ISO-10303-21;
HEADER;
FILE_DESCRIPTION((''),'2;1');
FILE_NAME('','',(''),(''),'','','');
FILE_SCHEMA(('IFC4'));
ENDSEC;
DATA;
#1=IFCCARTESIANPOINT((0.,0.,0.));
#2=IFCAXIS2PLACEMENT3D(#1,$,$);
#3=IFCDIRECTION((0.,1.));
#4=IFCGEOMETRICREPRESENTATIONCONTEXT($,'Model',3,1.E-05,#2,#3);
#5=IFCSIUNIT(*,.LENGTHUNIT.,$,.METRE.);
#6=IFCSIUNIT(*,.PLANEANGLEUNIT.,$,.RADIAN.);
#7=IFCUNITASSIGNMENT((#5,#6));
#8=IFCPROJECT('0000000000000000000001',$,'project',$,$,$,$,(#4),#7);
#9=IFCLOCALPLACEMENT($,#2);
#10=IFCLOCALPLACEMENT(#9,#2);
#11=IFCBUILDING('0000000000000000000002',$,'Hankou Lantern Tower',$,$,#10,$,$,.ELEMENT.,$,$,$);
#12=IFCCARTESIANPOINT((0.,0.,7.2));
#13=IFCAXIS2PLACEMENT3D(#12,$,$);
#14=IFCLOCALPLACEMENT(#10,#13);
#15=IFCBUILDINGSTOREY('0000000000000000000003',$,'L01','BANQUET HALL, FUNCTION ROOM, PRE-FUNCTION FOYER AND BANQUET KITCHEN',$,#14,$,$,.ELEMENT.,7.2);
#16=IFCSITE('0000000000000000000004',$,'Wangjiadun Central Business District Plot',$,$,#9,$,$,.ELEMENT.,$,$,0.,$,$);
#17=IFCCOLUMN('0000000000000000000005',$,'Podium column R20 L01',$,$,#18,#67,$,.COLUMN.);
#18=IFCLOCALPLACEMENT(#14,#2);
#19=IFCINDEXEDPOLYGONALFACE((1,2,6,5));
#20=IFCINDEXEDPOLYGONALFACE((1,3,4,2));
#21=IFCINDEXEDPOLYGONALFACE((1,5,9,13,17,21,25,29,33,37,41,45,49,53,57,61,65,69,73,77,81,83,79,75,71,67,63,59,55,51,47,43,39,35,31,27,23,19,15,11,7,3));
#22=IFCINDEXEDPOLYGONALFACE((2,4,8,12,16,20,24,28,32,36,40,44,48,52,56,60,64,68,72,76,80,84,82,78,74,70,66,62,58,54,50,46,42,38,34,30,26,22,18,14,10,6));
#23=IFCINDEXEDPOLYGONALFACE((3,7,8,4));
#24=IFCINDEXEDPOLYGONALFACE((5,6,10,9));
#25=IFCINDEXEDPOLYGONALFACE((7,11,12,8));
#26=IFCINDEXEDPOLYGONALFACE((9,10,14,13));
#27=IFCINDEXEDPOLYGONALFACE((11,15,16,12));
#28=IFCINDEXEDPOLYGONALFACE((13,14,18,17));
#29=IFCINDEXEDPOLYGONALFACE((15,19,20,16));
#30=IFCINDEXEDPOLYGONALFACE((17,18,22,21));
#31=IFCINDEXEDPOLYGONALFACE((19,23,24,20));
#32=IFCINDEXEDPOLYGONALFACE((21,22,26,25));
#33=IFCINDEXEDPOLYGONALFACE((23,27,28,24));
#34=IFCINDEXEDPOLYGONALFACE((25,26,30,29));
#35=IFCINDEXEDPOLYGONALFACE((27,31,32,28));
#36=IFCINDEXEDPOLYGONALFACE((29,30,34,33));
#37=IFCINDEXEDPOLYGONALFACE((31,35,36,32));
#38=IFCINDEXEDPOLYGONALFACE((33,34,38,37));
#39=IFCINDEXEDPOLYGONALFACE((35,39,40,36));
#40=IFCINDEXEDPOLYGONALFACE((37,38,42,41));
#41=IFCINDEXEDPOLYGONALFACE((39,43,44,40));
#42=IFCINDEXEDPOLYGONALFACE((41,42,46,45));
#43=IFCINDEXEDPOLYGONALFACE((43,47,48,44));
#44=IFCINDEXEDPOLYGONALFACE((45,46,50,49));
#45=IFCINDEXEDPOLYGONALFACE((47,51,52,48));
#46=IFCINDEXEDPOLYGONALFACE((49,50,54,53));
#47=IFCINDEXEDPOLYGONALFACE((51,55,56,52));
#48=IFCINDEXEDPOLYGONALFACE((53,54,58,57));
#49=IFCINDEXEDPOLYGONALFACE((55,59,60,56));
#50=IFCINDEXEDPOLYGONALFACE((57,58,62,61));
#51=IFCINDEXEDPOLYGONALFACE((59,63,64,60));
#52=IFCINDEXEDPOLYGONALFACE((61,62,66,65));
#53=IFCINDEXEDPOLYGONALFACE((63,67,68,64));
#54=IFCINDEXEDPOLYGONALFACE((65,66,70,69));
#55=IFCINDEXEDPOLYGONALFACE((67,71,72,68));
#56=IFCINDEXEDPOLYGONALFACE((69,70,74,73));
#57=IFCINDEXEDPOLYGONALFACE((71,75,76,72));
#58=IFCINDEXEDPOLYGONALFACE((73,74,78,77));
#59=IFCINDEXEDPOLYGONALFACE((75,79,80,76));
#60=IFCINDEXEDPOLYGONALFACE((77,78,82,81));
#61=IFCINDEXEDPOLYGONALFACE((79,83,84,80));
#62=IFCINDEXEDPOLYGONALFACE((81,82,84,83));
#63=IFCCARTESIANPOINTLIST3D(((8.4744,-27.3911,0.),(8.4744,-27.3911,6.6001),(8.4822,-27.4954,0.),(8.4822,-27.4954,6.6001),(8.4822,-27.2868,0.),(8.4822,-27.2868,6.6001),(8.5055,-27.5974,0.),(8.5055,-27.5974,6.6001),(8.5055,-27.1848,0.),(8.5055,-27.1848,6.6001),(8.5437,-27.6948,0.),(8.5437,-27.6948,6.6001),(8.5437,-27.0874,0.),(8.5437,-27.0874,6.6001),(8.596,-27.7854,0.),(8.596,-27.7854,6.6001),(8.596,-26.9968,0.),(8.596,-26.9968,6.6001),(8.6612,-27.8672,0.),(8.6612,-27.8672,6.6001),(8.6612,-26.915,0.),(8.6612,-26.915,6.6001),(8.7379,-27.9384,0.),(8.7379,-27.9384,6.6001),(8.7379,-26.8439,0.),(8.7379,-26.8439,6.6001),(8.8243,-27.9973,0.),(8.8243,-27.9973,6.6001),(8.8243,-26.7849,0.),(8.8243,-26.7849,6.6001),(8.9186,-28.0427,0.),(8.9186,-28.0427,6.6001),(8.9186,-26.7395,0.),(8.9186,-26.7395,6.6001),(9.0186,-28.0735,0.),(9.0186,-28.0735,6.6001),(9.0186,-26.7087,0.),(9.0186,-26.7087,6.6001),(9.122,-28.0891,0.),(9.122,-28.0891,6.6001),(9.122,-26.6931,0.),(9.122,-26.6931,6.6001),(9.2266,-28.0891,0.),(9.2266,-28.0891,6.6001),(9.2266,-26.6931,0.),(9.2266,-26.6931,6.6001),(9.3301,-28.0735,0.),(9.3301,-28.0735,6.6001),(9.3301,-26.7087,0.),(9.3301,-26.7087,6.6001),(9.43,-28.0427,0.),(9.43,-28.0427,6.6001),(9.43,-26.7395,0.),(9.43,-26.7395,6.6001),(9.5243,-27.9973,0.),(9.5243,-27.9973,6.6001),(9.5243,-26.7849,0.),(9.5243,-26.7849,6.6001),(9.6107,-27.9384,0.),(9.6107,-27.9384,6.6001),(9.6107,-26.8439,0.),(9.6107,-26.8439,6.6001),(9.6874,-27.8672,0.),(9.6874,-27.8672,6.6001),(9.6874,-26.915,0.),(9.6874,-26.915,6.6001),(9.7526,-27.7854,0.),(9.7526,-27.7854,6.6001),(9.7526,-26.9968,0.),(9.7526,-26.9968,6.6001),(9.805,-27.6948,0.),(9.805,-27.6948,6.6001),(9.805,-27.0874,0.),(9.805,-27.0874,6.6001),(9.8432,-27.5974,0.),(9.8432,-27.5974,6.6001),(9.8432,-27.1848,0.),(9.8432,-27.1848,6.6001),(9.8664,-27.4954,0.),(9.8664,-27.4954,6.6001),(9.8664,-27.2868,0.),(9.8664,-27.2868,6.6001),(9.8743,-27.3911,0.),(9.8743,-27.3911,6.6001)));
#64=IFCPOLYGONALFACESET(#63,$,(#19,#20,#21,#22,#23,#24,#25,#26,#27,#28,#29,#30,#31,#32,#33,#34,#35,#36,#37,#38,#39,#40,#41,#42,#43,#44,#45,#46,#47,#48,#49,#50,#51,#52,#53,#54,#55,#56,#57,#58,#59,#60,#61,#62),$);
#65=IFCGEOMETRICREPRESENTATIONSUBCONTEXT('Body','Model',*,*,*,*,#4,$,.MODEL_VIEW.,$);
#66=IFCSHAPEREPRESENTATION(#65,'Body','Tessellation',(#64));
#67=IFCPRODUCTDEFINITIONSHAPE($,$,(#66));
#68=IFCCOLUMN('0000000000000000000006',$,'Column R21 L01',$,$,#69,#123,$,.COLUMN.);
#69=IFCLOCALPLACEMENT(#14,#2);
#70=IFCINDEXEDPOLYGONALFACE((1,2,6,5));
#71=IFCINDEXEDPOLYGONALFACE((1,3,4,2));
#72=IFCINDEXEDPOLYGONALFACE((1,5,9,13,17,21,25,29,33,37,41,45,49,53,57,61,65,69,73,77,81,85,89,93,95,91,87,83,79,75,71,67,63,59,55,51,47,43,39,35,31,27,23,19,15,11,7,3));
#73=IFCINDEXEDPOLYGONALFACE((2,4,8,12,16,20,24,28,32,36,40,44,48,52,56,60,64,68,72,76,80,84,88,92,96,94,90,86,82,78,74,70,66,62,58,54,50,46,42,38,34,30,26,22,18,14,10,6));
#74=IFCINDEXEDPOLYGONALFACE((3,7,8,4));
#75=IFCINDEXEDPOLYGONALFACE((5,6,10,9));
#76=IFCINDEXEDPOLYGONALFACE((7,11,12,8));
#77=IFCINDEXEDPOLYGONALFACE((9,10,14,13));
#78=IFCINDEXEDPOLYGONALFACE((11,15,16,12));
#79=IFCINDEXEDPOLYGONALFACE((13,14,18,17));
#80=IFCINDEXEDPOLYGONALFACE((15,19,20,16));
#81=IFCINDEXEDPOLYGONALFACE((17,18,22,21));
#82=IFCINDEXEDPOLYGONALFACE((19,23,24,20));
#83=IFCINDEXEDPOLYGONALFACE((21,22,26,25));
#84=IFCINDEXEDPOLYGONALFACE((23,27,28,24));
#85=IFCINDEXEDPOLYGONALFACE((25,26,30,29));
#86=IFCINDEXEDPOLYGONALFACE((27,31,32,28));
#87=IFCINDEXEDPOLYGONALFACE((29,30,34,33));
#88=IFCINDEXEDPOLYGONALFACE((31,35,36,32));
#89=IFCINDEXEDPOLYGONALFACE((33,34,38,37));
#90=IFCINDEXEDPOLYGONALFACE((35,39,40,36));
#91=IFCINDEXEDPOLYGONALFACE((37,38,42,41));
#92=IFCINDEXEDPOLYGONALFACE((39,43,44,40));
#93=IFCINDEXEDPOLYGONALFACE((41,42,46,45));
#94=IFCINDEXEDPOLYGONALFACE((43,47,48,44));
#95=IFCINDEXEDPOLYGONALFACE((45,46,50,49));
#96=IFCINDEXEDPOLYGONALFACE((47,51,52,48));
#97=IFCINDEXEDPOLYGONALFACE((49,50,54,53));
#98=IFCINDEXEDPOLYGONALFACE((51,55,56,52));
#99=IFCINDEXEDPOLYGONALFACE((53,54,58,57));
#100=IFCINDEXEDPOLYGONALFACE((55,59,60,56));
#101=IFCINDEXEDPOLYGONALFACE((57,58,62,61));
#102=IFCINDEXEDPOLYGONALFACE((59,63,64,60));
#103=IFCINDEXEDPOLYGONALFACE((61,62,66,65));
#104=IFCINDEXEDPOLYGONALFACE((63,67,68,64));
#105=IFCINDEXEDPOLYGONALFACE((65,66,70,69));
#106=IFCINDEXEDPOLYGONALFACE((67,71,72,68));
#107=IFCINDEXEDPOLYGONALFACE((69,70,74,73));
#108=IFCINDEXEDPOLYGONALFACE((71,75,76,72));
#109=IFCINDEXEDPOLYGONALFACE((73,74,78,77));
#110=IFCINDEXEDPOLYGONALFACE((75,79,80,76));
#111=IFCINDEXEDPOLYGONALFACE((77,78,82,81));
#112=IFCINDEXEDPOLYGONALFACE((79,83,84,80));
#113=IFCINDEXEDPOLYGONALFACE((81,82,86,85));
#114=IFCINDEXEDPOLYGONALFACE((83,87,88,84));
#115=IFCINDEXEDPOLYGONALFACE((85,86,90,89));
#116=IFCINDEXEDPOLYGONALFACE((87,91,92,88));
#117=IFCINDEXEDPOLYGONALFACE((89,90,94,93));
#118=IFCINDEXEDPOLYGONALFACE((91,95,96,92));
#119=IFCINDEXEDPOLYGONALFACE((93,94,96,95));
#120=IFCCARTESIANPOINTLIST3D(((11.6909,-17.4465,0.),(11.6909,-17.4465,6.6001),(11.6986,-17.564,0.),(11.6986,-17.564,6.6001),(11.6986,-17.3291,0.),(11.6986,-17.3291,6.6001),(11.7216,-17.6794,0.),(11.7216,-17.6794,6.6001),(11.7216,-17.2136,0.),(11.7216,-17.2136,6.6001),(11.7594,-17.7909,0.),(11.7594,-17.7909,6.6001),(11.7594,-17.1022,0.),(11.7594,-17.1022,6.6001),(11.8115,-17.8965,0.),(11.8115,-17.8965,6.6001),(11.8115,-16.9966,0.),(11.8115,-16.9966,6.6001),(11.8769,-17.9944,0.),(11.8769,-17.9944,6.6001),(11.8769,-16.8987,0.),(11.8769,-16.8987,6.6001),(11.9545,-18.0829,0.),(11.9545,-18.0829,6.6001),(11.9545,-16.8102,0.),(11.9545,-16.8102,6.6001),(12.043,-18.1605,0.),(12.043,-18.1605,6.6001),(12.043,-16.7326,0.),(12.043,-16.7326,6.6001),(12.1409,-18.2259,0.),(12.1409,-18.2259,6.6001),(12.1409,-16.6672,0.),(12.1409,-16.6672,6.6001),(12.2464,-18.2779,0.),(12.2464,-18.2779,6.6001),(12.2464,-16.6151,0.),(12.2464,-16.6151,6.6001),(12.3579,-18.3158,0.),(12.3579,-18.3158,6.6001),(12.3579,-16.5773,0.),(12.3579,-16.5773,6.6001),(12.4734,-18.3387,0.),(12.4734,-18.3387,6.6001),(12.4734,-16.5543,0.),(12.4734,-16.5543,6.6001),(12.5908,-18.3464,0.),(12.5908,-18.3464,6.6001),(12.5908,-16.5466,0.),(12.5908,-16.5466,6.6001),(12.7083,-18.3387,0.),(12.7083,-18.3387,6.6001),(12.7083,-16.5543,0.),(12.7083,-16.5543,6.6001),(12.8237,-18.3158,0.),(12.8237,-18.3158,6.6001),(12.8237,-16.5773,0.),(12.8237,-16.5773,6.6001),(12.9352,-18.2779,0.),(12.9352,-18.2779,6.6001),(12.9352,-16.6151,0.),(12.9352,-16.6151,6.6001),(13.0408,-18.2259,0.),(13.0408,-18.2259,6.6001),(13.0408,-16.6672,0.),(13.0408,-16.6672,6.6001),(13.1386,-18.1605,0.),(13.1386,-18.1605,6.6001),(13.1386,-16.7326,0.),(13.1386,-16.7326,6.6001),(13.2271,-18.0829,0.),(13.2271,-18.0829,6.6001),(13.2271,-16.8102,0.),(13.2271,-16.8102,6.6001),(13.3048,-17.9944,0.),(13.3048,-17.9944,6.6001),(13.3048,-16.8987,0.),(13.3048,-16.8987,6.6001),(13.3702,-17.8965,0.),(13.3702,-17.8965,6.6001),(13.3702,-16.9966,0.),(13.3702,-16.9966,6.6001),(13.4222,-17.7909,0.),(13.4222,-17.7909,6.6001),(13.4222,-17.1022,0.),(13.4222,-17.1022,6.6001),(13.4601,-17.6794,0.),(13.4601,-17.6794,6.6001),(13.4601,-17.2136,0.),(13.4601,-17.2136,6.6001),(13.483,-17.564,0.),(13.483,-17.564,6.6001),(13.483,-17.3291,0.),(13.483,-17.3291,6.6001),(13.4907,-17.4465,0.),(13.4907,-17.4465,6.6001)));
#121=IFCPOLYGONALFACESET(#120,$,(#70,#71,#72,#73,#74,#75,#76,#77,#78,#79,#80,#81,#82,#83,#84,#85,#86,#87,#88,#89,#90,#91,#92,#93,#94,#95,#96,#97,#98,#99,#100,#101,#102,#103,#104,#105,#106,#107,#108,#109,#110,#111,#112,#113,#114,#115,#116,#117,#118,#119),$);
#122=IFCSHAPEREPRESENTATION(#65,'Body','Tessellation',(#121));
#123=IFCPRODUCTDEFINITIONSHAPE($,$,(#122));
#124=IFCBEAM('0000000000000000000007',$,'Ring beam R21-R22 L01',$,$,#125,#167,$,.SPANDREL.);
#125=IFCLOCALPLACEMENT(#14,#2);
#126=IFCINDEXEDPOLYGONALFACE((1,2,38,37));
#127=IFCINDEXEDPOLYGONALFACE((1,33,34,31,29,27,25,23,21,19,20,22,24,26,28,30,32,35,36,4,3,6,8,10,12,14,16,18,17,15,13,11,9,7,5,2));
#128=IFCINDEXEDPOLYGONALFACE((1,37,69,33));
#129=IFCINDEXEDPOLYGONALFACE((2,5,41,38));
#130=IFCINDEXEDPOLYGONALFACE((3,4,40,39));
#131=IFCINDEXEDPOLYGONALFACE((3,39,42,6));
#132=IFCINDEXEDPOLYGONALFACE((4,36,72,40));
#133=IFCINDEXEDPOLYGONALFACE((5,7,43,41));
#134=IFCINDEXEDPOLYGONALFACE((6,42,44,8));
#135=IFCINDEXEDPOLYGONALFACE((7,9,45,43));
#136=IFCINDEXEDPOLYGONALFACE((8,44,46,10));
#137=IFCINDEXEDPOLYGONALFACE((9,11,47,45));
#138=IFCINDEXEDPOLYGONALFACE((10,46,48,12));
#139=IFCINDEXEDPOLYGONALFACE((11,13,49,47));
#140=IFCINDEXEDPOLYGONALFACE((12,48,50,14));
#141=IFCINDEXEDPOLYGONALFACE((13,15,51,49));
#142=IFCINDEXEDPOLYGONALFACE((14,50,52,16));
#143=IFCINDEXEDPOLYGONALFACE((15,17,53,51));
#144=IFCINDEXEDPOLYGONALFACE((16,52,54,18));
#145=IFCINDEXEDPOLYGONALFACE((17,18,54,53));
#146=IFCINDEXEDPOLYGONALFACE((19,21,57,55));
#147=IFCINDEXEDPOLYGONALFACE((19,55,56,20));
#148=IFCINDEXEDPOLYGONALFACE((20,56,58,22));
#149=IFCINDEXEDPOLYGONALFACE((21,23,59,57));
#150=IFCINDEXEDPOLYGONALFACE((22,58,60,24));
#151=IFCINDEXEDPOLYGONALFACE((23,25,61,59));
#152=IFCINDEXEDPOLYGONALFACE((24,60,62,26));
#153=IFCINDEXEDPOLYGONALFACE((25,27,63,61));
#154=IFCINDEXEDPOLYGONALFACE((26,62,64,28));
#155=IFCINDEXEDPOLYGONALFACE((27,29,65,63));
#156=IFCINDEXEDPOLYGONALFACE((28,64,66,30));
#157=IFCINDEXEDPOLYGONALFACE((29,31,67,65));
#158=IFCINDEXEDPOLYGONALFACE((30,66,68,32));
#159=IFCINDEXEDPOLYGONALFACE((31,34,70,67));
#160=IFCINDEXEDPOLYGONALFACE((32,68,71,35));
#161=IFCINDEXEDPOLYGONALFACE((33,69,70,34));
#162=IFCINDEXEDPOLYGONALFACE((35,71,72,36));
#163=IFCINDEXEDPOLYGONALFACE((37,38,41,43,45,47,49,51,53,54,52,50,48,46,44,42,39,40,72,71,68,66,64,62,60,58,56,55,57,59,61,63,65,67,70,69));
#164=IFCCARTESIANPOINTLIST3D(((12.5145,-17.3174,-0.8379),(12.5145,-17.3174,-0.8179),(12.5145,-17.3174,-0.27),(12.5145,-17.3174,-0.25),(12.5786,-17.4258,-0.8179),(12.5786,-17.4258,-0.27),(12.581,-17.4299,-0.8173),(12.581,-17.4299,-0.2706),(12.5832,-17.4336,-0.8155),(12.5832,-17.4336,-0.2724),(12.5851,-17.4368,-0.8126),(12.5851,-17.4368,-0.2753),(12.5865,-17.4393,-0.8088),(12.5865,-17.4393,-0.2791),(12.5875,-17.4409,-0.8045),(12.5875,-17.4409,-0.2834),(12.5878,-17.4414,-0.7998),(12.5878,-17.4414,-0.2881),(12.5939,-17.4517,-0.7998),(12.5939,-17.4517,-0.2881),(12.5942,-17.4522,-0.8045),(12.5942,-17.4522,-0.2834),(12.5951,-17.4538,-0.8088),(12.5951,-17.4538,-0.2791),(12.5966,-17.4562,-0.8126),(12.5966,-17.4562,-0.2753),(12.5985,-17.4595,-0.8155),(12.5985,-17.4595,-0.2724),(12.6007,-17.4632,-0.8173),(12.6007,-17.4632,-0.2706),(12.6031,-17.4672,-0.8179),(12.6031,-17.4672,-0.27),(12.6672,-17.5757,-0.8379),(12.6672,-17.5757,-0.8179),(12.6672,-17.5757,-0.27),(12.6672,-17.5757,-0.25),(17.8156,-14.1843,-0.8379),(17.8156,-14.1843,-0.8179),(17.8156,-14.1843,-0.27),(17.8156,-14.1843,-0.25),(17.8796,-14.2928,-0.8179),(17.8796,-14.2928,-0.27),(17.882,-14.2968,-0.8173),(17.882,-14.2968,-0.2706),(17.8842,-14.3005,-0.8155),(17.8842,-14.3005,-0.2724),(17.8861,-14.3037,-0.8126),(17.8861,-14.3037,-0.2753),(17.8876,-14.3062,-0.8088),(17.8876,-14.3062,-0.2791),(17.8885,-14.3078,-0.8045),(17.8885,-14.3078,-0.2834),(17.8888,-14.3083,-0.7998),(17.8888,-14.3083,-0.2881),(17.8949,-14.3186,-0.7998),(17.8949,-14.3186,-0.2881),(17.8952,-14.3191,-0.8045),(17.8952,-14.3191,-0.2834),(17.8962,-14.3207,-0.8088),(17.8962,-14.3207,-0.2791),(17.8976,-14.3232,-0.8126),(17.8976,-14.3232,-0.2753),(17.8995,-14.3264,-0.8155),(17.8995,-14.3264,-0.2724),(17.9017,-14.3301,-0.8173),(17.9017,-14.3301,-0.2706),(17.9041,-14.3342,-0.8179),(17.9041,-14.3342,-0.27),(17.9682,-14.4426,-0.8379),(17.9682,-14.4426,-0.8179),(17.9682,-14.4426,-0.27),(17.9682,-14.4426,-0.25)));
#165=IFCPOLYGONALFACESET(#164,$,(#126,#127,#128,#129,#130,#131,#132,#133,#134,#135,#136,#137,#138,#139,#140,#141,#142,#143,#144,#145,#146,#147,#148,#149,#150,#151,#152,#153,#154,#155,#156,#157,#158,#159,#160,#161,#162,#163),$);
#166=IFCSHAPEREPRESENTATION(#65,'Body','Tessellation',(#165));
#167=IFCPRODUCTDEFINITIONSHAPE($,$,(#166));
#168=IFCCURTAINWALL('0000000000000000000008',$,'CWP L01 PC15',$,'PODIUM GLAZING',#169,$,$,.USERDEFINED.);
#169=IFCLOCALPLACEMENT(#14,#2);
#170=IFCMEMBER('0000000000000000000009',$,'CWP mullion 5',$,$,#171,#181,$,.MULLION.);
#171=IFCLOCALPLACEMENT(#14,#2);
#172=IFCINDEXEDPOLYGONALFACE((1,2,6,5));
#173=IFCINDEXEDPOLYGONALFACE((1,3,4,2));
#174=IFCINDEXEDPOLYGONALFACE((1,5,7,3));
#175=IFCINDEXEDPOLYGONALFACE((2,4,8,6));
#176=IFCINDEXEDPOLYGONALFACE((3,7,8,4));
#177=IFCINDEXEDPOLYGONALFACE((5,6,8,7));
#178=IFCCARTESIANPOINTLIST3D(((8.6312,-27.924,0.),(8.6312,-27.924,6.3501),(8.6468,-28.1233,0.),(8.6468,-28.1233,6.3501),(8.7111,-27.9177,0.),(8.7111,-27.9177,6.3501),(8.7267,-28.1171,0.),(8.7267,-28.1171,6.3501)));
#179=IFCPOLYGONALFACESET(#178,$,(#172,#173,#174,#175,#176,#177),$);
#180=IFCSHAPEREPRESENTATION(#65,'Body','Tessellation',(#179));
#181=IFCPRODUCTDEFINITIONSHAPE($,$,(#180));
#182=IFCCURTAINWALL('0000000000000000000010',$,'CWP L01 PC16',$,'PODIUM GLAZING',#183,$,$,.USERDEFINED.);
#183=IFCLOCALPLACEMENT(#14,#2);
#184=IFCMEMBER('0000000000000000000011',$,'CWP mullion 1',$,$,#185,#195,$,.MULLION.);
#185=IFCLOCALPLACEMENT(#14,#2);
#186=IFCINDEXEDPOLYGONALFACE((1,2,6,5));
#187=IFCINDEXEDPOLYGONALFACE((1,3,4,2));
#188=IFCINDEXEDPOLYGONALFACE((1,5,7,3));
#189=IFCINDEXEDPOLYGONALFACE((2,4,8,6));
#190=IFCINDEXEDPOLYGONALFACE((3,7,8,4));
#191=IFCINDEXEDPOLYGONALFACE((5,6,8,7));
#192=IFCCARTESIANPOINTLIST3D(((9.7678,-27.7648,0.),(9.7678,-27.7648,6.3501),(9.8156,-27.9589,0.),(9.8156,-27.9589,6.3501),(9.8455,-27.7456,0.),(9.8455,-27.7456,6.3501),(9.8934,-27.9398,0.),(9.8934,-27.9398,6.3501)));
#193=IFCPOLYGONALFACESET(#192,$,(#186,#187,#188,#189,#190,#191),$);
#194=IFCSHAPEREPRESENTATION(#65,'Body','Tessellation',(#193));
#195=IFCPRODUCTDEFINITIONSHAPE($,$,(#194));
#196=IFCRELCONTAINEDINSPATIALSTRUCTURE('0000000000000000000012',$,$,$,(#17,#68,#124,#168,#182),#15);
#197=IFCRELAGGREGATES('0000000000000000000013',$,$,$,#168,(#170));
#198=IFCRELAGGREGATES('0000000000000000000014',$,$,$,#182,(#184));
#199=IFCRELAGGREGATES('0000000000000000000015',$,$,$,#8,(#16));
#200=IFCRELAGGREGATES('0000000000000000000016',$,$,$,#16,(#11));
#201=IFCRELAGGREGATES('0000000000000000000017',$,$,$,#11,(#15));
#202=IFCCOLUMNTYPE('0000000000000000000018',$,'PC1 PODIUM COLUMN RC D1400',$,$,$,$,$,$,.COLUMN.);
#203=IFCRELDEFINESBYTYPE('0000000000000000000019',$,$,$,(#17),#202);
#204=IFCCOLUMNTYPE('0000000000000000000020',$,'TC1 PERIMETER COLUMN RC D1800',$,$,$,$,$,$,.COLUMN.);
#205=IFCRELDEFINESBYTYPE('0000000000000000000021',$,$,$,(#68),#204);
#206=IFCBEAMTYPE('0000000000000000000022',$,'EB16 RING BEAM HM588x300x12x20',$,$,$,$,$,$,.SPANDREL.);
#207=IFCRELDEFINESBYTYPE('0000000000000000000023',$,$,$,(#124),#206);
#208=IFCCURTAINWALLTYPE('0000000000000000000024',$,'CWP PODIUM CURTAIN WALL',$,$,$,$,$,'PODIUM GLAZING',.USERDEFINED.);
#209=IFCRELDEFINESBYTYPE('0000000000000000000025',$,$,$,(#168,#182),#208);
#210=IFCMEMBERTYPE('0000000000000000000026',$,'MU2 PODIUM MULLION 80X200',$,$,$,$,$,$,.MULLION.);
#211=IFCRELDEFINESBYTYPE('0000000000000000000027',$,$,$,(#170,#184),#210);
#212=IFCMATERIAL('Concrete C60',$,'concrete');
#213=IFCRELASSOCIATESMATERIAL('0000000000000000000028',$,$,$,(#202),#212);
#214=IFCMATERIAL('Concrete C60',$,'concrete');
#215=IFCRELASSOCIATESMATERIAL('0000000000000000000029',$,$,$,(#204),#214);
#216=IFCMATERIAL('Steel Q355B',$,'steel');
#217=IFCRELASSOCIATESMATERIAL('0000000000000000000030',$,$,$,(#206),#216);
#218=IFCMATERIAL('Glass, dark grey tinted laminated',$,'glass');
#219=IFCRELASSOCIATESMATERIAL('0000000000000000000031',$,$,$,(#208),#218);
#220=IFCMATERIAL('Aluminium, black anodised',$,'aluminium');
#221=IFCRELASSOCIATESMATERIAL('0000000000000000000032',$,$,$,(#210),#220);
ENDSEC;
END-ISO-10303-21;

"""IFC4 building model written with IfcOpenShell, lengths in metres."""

from ifc_helpers import new_model, si_unit, direction, frame, origin, origin_2d, place, context, subcontext, project, spatial, rectangle, circle, i_section, extrude, material, material_profile, profile_set, type_object, element, aggregate, save


model = new_model("IFC4")

# Units and contexts
model_context = context("Model", 3, precision=1e-05, world=origin(), true_north=direction((0.0, 1.0)))
body_context = subcontext(model_context, "Body", "Model", "MODEL_VIEW")
ifc_project = project(units=[si_unit("LENGTHUNIT", "METRE"), si_unit("PLANEANGLEUNIT", "RADIAN")], contexts=[model_context])

# Site, building, storey
site_placement = place(None, origin())
site = spatial("IfcSite", under=ifc_project, at=site_placement, Name="Wangjiadun Central Business District Plot", CompositionType="ELEMENT", RefElevation=0.0)
building_placement = place(site_placement, origin())
building = spatial("IfcBuilding", under=site, at=building_placement, Name="Hankou Lantern Tower", CompositionType="ELEMENT")
storey_placement = place(building_placement, frame((0.0, 0.0, 7.2)))
storey = spatial("IfcBuildingStorey", under=building, at=storey_placement, Name="L01", Description="BANQUET HALL, FUNCTION ROOM, PRE-FUNCTION FOYER AND BANQUET KITCHEN", CompositionType="ELEMENT", Elevation=7.2)

# Columns
ifc_material_1 = material(Name="Concrete C60", Category="concrete")
ifc_material_profile_1 = material_profile(ifc_material_1, circle(Radius=0.7, at=origin_2d()), Name="RC D1400")
ifc_profile_set_1 = profile_set([ifc_material_profile_1], Name="Concrete C60")
column_type_1 = type_object("IfcColumnType", Name="PC1 PODIUM COLUMN RC D1400", PredefinedType="COLUMN", material=ifc_profile_set_1)
column_1_placement = place(storey_placement, frame((9.1743, -27.3911, 0.0), z_axis=(0.0, 0.0, 1.0), x_axis=(1.0, 0.0, 0.0)))
element("IfcColumn", 1, at=column_1_placement, inside=storey, type_object=column_type_1, Name="Podium column R20 L01", PredefinedType="COLUMN", context=body_context, shape_type="SweptSolid", body=[
    extrude(circle(Radius=0.7, at=origin_2d()), origin(), (0.0, 0.0, 1.0), 6.6001),
])
ifc_material_2 = material(Name="Concrete C60", Category="concrete")
ifc_material_profile_2 = material_profile(ifc_material_2, circle(Radius=0.8999, at=origin_2d()), Name="RC D1800")
ifc_profile_set_2 = profile_set([ifc_material_profile_2], Name="Concrete C60")
column_type_2 = type_object("IfcColumnType", Name="TC1 PERIMETER COLUMN RC D1800", PredefinedType="COLUMN", material=ifc_profile_set_2)
column_2_placement = place(storey_placement, frame((12.5908, -17.4465, 0.0), z_axis=(0.0, 0.0, 1.0), x_axis=(1.0, 0.0, 0.0)))
element("IfcColumn", 2, at=column_2_placement, inside=storey, type_object=column_type_2, Name="Column R21 L01", PredefinedType="COLUMN", context=body_context, shape_type="SweptSolid", body=[
    extrude(circle(Radius=0.8999, at=origin_2d()), origin(), (0.0, 0.0, 1.0), 6.6001),
])

# Beam
ifc_material_3 = material(Name="Steel Q355B", Category="steel")
ifc_material_profile_3 = material_profile(ifc_material_3, i_section(OverallWidth=0.3, OverallDepth=0.5879, WebThickness=0.012, FlangeThickness=0.02, FilletRadius=0.0181, at=origin_2d()), Name="HM588x300x12x20")
ifc_profile_set_3 = profile_set([ifc_material_profile_3], Name="Steel Q355B")
beam_type_1 = type_object("IfcBeamType", Name="EB16 RING BEAM HM588x300x12x20", PredefinedType="SPANDREL", material=ifc_profile_set_3)
beam_1_placement = place(storey_placement, frame((12.5908, -17.4465, -0.5439), z_axis=(0.860882, 0.508805, 0.0), x_axis=(-0.508805, 0.860882, 0.0)))
element("IfcBeam", 3, at=beam_1_placement, inside=storey, type_object=beam_type_1, Name="Ring beam R21-R22 L01", PredefinedType="SPANDREL", context=body_context, shape_type="SweptSolid", body=[
    extrude(i_section(OverallWidth=0.3, OverallDepth=0.5879, WebThickness=0.012, FlangeThickness=0.02, FilletRadius=0.0181, at=origin_2d()), origin(), (0.0, 0.0, 1.0), 6.1577),
])

# Curtain wall, member
ifc_material_4 = material(Name="Glass, dark grey tinted laminated", Category="glass")
curtain_wall_type = type_object("IfcCurtainWallType", Name="CWP PODIUM CURTAIN WALL", ElementType="PODIUM GLAZING", PredefinedType="USERDEFINED", material=ifc_material_4)
curtain_wall_1_placement = place(storey_placement, origin())
curtain_wall_1 = element("IfcCurtainWall", 4, at=curtain_wall_1_placement, inside=storey, type_object=curtain_wall_type, Name="CWP L01 PC15", ObjectType="PODIUM GLAZING", PredefinedType="USERDEFINED")
ifc_material_5 = material(Name="Aluminium, black anodised", Category="aluminium")
ifc_material_profile_4 = material_profile(ifc_material_5, rectangle(XDim=0.0801, YDim=0.2, at=origin_2d()), Name="MU2 80X200")
ifc_profile_set_4 = profile_set([ifc_material_profile_4], Name="Aluminium, black anodised")
member_type_1 = type_object("IfcMemberType", Name="MU2 PODIUM MULLION 80X200", PredefinedType="MULLION", material=ifc_profile_set_4)
member_1_placement = place(storey_placement, frame((8.679, -28.0205, 0.0), z_axis=(0.0, 0.0, 1.0), x_axis=(0.996949, 0.078062, 0.0)))
member_1 = element("IfcMember", 5, at=member_1_placement, type_object=member_type_1, Name="CWP mullion 5", PredefinedType="MULLION", context=body_context, shape_type="SweptSolid", body=[
    extrude(rectangle(XDim=0.0801, YDim=0.2, at=origin_2d()), origin(), (0.0, 0.0, 1.0), 6.3501),
])

# Curtain wall, member
curtain_wall_2_placement = place(storey_placement, origin())
curtain_wall_2 = element("IfcCurtainWall", 6, at=curtain_wall_2_placement, inside=storey, type_object=curtain_wall_type, Name="CWP L01 PC16", ObjectType="PODIUM GLAZING", PredefinedType="USERDEFINED")
member_2_placement = place(storey_placement, frame((9.8306, -27.8523, 0.0), z_axis=(0.0, 0.0, 1.0), x_axis=(0.970961, 0.239238, 0.0)))
member_2 = element("IfcMember", 7, at=member_2_placement, type_object=member_type_1, Name="CWP mullion 1", PredefinedType="MULLION", context=body_context, shape_type="SweptSolid", body=[
    extrude(rectangle(XDim=0.0801, YDim=0.2, at=origin_2d()), origin(), (0.0, 0.0, 1.0), 6.3501),
])

aggregate(curtain_wall_1, [member_1])
aggregate(curtain_wall_2, [member_2])

save(model, "model.ifc")
